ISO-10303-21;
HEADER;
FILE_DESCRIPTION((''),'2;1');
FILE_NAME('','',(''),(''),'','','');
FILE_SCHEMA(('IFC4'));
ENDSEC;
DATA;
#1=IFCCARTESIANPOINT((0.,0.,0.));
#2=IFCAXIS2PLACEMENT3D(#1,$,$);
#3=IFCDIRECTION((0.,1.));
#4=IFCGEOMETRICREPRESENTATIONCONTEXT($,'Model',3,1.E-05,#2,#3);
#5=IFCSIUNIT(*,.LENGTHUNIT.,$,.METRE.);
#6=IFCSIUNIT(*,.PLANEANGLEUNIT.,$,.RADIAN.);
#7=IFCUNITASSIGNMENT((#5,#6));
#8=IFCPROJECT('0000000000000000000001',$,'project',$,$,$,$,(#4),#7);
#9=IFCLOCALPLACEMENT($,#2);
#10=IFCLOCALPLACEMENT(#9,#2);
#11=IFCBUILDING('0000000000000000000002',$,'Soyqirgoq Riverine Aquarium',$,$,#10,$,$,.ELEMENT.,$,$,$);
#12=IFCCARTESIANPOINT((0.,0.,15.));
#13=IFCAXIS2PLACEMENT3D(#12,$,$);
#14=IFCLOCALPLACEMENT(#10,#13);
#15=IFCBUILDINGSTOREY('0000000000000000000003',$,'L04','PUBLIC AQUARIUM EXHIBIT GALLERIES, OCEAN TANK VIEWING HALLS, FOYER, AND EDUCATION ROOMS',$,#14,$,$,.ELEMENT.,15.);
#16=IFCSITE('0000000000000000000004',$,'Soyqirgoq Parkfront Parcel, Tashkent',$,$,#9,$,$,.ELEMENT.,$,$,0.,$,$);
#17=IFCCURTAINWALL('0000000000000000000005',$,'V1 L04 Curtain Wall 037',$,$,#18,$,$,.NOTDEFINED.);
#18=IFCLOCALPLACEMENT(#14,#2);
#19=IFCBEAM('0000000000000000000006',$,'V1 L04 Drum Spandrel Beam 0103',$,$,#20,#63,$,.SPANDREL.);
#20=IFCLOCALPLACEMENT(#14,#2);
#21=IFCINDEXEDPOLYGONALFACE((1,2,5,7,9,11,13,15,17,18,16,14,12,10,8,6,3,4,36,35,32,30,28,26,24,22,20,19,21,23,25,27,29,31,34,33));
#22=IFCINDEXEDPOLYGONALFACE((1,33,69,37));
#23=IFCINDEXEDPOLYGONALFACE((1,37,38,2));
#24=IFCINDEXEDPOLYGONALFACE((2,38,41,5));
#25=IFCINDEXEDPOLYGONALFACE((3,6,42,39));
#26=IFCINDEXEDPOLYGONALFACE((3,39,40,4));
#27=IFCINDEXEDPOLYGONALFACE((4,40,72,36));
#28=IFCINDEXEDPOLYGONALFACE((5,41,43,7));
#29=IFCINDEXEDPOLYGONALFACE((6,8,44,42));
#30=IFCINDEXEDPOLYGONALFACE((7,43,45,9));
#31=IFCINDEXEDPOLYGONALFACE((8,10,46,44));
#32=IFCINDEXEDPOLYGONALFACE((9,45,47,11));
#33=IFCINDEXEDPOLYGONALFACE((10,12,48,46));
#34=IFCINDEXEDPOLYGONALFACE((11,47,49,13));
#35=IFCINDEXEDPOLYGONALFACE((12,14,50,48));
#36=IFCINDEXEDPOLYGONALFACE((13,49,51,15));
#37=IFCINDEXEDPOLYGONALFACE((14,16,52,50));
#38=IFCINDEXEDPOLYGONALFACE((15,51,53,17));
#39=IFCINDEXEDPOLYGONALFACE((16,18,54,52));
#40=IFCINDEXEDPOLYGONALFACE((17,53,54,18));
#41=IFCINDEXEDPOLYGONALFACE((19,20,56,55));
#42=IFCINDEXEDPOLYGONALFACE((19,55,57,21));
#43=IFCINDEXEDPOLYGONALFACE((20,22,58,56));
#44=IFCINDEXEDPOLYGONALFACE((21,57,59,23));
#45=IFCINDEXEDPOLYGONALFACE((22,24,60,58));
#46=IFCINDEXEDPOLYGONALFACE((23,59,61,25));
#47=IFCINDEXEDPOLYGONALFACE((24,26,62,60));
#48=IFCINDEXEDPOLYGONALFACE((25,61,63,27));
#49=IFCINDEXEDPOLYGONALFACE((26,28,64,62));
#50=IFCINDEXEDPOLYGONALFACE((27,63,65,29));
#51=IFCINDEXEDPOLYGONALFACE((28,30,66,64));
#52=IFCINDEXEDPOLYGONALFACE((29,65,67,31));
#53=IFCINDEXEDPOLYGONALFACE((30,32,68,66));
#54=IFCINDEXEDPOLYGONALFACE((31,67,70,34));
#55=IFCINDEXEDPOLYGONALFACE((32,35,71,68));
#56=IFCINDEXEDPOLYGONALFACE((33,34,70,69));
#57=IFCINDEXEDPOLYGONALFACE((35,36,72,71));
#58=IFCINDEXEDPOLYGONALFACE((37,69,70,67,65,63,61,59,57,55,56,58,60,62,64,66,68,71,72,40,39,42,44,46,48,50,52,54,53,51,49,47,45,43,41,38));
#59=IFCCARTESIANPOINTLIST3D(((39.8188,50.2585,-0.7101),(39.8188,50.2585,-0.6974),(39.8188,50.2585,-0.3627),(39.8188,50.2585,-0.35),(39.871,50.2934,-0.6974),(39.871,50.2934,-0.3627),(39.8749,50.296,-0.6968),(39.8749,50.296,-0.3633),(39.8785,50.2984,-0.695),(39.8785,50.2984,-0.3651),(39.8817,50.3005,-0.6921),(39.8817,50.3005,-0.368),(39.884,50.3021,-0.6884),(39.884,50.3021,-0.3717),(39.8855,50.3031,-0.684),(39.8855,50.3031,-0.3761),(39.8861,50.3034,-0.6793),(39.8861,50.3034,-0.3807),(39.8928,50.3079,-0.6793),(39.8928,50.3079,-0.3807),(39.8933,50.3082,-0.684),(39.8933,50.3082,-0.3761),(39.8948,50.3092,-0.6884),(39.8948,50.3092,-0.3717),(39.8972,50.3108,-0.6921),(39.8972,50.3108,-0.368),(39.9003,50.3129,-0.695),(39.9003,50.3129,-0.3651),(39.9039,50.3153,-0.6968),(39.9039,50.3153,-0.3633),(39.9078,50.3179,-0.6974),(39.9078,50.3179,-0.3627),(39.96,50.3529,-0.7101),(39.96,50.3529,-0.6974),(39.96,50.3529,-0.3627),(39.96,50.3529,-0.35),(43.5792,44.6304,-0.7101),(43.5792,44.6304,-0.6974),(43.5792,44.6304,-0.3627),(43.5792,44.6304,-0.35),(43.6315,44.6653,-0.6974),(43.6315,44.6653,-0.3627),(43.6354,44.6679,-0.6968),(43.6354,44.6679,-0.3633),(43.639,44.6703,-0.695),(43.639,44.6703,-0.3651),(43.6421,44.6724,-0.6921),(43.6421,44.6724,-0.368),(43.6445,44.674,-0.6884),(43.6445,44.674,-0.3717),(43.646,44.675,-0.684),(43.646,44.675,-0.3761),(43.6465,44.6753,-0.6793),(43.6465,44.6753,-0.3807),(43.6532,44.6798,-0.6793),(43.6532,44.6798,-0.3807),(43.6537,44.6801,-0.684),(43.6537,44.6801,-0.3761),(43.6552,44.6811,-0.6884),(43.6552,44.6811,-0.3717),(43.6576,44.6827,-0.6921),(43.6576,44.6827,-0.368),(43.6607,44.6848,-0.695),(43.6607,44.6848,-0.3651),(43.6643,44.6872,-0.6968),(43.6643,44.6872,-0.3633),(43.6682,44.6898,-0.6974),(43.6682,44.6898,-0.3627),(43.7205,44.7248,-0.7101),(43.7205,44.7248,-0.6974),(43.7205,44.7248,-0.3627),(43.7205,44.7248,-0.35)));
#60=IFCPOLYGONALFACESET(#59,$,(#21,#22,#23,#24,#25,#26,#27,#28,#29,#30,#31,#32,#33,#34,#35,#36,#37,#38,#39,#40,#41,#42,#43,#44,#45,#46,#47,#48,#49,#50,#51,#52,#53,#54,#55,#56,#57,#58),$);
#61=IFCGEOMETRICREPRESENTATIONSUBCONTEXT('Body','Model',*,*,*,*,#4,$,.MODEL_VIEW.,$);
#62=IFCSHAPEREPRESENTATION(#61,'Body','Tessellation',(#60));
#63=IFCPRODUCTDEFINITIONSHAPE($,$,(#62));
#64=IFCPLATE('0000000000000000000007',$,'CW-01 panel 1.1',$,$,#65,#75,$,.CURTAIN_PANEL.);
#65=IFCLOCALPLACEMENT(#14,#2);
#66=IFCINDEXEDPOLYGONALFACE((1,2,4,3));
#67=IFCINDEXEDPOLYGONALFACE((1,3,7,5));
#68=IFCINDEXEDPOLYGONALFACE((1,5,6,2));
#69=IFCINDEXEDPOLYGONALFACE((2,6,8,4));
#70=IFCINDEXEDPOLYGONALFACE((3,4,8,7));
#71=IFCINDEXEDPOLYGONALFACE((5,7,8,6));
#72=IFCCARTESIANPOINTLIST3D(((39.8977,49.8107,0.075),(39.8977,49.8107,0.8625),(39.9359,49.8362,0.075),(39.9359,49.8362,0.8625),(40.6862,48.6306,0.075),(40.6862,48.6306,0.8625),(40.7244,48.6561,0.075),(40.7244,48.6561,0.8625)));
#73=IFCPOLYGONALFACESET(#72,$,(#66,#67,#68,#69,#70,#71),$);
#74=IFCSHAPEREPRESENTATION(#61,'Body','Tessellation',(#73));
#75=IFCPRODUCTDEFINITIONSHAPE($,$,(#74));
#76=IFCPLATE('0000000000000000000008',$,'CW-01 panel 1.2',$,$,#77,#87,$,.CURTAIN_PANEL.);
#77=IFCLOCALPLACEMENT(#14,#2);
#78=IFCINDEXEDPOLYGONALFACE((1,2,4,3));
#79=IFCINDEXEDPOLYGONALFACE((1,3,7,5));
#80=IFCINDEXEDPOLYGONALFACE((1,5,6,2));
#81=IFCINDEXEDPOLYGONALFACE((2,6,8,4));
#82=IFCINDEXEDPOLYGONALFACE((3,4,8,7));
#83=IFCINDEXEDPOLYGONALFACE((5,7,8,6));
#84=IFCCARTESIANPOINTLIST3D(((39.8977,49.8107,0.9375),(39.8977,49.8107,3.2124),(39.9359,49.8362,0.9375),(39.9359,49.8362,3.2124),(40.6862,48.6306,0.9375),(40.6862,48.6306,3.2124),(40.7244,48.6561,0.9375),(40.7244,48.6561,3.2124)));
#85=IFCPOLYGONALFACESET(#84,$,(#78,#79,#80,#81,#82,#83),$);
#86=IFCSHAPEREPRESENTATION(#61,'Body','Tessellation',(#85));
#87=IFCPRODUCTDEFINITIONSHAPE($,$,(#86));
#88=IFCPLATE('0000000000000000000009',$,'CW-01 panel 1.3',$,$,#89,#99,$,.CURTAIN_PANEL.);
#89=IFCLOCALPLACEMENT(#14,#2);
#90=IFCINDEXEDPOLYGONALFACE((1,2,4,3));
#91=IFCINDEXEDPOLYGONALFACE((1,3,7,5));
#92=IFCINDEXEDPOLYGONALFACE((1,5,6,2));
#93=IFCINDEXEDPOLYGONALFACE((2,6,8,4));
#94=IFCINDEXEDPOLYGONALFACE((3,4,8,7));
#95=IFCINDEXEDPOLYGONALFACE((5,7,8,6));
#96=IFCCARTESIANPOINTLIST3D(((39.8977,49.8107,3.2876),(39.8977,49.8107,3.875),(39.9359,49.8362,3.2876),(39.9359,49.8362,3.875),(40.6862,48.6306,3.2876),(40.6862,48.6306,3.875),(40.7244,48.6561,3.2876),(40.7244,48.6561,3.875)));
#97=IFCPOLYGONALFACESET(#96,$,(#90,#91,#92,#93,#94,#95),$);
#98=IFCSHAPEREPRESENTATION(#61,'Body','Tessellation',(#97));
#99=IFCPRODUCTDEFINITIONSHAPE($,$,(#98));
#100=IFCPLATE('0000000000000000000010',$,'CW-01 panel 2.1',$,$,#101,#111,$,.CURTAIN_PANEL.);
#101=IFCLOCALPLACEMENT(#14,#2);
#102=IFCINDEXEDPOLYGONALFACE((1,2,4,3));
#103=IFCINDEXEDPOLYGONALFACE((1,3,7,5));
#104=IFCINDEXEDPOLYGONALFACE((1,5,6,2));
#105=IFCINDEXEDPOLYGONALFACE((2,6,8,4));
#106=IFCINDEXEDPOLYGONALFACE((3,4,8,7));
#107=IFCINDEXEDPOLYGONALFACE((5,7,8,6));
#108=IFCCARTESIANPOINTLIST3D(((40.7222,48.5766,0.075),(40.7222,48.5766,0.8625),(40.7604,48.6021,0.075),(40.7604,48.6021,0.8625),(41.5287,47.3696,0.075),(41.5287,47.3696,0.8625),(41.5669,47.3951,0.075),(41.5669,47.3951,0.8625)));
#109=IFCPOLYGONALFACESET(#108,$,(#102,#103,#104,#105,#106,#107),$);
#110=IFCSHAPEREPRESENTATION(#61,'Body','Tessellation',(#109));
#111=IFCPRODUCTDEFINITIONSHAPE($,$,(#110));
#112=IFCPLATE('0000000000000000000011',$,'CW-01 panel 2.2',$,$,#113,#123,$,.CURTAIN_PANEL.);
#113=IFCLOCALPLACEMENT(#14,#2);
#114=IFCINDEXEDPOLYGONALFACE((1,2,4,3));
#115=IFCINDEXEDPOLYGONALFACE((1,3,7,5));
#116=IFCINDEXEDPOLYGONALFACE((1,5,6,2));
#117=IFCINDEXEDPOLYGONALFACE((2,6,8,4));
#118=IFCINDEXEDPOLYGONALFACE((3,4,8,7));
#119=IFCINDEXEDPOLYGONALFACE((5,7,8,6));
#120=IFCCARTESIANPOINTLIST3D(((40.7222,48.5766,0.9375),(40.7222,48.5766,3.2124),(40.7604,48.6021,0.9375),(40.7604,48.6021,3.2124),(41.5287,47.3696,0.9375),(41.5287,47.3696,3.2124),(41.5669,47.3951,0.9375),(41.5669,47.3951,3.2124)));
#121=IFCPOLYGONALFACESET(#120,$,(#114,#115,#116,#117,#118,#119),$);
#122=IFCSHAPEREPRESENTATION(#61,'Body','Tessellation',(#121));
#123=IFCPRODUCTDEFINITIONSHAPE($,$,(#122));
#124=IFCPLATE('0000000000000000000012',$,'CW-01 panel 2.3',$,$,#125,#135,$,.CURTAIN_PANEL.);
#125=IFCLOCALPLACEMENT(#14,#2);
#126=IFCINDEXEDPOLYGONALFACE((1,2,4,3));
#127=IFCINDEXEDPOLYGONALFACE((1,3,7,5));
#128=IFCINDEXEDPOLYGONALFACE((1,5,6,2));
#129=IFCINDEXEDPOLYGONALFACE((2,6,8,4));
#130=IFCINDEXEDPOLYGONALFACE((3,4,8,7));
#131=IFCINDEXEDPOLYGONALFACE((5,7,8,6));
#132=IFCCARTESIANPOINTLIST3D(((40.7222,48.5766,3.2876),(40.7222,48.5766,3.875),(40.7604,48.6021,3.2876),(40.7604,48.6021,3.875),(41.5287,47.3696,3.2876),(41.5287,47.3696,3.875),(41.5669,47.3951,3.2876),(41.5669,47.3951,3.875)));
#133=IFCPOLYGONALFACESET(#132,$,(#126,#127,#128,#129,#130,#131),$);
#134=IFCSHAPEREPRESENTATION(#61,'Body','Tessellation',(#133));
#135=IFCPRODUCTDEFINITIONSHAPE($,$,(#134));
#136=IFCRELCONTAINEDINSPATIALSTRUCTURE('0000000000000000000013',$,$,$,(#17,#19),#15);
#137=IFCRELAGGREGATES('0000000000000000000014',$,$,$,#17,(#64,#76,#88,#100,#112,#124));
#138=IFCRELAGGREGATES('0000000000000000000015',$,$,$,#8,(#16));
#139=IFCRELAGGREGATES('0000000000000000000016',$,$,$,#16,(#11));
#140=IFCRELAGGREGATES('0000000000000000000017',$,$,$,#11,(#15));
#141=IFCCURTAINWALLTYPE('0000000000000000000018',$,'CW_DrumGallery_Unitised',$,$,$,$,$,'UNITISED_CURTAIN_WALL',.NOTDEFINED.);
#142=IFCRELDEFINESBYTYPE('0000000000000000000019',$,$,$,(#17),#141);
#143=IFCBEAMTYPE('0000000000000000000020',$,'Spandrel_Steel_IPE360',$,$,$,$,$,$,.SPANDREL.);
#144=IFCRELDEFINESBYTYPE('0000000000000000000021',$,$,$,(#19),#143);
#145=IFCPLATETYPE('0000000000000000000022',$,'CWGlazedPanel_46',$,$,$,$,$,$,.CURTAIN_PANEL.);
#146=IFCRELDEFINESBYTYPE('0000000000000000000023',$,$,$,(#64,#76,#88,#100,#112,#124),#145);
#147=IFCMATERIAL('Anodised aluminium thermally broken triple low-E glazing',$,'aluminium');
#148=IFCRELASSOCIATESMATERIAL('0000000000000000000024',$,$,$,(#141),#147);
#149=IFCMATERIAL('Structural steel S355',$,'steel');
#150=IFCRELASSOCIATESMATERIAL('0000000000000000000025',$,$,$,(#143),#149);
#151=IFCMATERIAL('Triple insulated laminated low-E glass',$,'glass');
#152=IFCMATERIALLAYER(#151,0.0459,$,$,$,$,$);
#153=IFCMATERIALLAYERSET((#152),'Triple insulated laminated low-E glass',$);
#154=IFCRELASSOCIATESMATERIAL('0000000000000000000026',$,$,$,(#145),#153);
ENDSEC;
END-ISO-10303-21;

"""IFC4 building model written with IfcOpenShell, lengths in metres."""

from ifc_helpers import new_model, si_unit, direction, frame, origin, origin_2d, place, context, subcontext, project, spatial, rectangle, i_section, extrude, material, layer, layer_set, material_profile, profile_set, type_object, element, aggregate, save


model = new_model("IFC4")

# Units and contexts
model_context = context("Model", 3, precision=1e-05, world=origin(), true_north=direction((0.0, 1.0)))
body_context = subcontext(model_context, "Body", "Model", "MODEL_VIEW")
ifc_project = project(units=[si_unit("LENGTHUNIT", "METRE"), si_unit("PLANEANGLEUNIT", "RADIAN")], contexts=[model_context])

# Site, building, storey
site_placement = place(None, origin())
site = spatial("IfcSite", under=ifc_project, at=site_placement, Name="Soyqirgoq Parkfront Parcel, Tashkent", CompositionType="ELEMENT", RefElevation=0.0)
building_placement = place(site_placement, origin())
building = spatial("IfcBuilding", under=site, at=building_placement, Name="Soyqirgoq Riverine Aquarium", CompositionType="ELEMENT")
storey_placement = place(building_placement, frame((0.0, 0.0, 15.0)))
storey = spatial("IfcBuildingStorey", under=building, at=storey_placement, Name="L04", Description="PUBLIC AQUARIUM EXHIBIT GALLERIES, OCEAN TANK VIEWING HALLS, FOYER, AND EDUCATION ROOMS", CompositionType="ELEMENT", Elevation=15.0)

# Curtain wall
ifc_material_1 = material(Name="Anodised aluminium thermally broken triple low-E glazing", Category="aluminium")
curtain_wall_type = type_object("IfcCurtainWallType", Name="CW_DrumGallery_Unitised", ElementType="UNITISED_CURTAIN_WALL", PredefinedType="NOTDEFINED", material=ifc_material_1)
curtain_wall_placement = place(storey_placement, origin())
curtain_wall = element("IfcCurtainWall", 1, at=curtain_wall_placement, inside=storey, type_object=curtain_wall_type, Name="V1 L04 Curtain Wall 037", PredefinedType="NOTDEFINED")

# Beam
ifc_material_2 = material(Name="Structural steel S355", Category="steel")
ifc_material_profile_1 = material_profile(ifc_material_2, i_section(OverallWidth=0.1699, OverallDepth=0.3601, WebThickness=0.0081, FlangeThickness=0.0127, FilletRadius=0.0181, at=origin_2d()), Name="IPE 360")
ifc_profile_set_1 = profile_set([ifc_material_profile_1], Name="Structural steel S355")
beam_type = type_object("IfcBeamType", Name="Spandrel_Steel_IPE360", PredefinedType="SPANDREL", material=ifc_profile_set_1)
beam_placement = place(storey_placement, frame((39.8894, 50.3057, -0.53), z_axis=(0.555557, -0.831478, 0.0), x_axis=(0.831478, 0.555557, 0.0)))
element("IfcBeam", 2, at=beam_placement, inside=storey, type_object=beam_type, Name="V1 L04 Drum Spandrel Beam 0103", PredefinedType="SPANDREL", context=body_context, shape_type="SweptSolid", body=[
    extrude(i_section(OverallWidth=0.1699, OverallDepth=0.3601, WebThickness=0.0081, FlangeThickness=0.0127, FilletRadius=0.0181, at=origin_2d()), origin(), (0.0, 0.0, 1.0), 6.7688),
])

# Plates
ifc_material_3 = material(Name="Triple insulated laminated low-E glass", Category="glass")
ifc_layer = layer(ifc_material_3, 0.0459)
ifc_layer_set = layer_set([ifc_layer], Name="Triple insulated laminated low-E glass")
plate_type = type_object("IfcPlateType", Name="CWGlazedPanel_46", PredefinedType="CURTAIN_PANEL", material=ifc_layer_set)
plate_1_placement = place(storey_placement, frame((40.311, 49.2334, 0.075), z_axis=(0.0, 0.0, 1.0), x_axis=(0.555579, -0.831464, 0.0)))
plate_1 = element("IfcPlate", 3, at=plate_1_placement, type_object=plate_type, Name="CW-01 panel 1.1", PredefinedType="CURTAIN_PANEL", context=body_context, shape_type="SweptSolid", body=[
    extrude(rectangle(XDim=1.4192, YDim=0.0459, at=origin_2d()), origin(), (0.0, 0.0, 1.0), 0.7876),
])
plate_2_placement = place(storey_placement, frame((40.311, 49.2334, 0.9375), z_axis=(0.0, 0.0, 1.0), x_axis=(0.555579, -0.831464, 0.0)))
plate_2 = element("IfcPlate", 4, at=plate_2_placement, type_object=plate_type, Name="CW-01 panel 1.2", PredefinedType="CURTAIN_PANEL", context=body_context, shape_type="SweptSolid", body=[
    extrude(rectangle(XDim=1.4192, YDim=0.0459, at=origin_2d()), origin(), (0.0, 0.0, 1.0), 2.2749),
])
plate_3_placement = place(storey_placement, frame((40.311, 49.2334, 3.2876), z_axis=(0.0, 0.0, 1.0), x_axis=(0.555579, -0.831464, 0.0)))
plate_3 = element("IfcPlate", 5, at=plate_3_placement, type_object=plate_type, Name="CW-01 panel 1.3", PredefinedType="CURTAIN_PANEL", context=body_context, shape_type="SweptSolid", body=[
    extrude(rectangle(XDim=1.4192, YDim=0.0459, at=origin_2d()), origin(), (0.0, 0.0, 1.0), 0.5874),
])
plate_4_placement = place(storey_placement, frame((41.1445, 47.9858, 0.075), z_axis=(0.0, 0.0, 1.0), x_axis=(0.555579, -0.831464, 0.0)))
plate_4 = element("IfcPlate", 6, at=plate_4_placement, type_object=plate_type, Name="CW-01 panel 2.1", PredefinedType="CURTAIN_PANEL", context=body_context, shape_type="SweptSolid", body=[
    extrude(rectangle(XDim=1.4517, YDim=0.0459, at=origin_2d()), origin(), (0.0, 0.0, 1.0), 0.7876),
])
plate_5_placement = place(storey_placement, frame((41.1445, 47.9858, 0.9375), z_axis=(0.0, 0.0, 1.0), x_axis=(0.555579, -0.831464, 0.0)))
plate_5 = element("IfcPlate", 7, at=plate_5_placement, type_object=plate_type, Name="CW-01 panel 2.2", PredefinedType="CURTAIN_PANEL", context=body_context, shape_type="SweptSolid", body=[
    extrude(rectangle(XDim=1.4517, YDim=0.0459, at=origin_2d()), origin(), (0.0, 0.0, 1.0), 2.2749),
])
plate_6_placement = place(storey_placement, frame((41.1445, 47.9858, 3.2876), z_axis=(0.0, 0.0, 1.0), x_axis=(0.555579, -0.831464, 0.0)))
plate_6 = element("IfcPlate", 8, at=plate_6_placement, type_object=plate_type, Name="CW-01 panel 2.3", PredefinedType="CURTAIN_PANEL", context=body_context, shape_type="SweptSolid", body=[
    extrude(rectangle(XDim=1.4517, YDim=0.0459, at=origin_2d()), origin(), (0.0, 0.0, 1.0), 0.5874),
])
aggregate(curtain_wall, [plate_1, plate_2, plate_3, plate_4, plate_5, plate_6])

save(model, "model.ifc")
